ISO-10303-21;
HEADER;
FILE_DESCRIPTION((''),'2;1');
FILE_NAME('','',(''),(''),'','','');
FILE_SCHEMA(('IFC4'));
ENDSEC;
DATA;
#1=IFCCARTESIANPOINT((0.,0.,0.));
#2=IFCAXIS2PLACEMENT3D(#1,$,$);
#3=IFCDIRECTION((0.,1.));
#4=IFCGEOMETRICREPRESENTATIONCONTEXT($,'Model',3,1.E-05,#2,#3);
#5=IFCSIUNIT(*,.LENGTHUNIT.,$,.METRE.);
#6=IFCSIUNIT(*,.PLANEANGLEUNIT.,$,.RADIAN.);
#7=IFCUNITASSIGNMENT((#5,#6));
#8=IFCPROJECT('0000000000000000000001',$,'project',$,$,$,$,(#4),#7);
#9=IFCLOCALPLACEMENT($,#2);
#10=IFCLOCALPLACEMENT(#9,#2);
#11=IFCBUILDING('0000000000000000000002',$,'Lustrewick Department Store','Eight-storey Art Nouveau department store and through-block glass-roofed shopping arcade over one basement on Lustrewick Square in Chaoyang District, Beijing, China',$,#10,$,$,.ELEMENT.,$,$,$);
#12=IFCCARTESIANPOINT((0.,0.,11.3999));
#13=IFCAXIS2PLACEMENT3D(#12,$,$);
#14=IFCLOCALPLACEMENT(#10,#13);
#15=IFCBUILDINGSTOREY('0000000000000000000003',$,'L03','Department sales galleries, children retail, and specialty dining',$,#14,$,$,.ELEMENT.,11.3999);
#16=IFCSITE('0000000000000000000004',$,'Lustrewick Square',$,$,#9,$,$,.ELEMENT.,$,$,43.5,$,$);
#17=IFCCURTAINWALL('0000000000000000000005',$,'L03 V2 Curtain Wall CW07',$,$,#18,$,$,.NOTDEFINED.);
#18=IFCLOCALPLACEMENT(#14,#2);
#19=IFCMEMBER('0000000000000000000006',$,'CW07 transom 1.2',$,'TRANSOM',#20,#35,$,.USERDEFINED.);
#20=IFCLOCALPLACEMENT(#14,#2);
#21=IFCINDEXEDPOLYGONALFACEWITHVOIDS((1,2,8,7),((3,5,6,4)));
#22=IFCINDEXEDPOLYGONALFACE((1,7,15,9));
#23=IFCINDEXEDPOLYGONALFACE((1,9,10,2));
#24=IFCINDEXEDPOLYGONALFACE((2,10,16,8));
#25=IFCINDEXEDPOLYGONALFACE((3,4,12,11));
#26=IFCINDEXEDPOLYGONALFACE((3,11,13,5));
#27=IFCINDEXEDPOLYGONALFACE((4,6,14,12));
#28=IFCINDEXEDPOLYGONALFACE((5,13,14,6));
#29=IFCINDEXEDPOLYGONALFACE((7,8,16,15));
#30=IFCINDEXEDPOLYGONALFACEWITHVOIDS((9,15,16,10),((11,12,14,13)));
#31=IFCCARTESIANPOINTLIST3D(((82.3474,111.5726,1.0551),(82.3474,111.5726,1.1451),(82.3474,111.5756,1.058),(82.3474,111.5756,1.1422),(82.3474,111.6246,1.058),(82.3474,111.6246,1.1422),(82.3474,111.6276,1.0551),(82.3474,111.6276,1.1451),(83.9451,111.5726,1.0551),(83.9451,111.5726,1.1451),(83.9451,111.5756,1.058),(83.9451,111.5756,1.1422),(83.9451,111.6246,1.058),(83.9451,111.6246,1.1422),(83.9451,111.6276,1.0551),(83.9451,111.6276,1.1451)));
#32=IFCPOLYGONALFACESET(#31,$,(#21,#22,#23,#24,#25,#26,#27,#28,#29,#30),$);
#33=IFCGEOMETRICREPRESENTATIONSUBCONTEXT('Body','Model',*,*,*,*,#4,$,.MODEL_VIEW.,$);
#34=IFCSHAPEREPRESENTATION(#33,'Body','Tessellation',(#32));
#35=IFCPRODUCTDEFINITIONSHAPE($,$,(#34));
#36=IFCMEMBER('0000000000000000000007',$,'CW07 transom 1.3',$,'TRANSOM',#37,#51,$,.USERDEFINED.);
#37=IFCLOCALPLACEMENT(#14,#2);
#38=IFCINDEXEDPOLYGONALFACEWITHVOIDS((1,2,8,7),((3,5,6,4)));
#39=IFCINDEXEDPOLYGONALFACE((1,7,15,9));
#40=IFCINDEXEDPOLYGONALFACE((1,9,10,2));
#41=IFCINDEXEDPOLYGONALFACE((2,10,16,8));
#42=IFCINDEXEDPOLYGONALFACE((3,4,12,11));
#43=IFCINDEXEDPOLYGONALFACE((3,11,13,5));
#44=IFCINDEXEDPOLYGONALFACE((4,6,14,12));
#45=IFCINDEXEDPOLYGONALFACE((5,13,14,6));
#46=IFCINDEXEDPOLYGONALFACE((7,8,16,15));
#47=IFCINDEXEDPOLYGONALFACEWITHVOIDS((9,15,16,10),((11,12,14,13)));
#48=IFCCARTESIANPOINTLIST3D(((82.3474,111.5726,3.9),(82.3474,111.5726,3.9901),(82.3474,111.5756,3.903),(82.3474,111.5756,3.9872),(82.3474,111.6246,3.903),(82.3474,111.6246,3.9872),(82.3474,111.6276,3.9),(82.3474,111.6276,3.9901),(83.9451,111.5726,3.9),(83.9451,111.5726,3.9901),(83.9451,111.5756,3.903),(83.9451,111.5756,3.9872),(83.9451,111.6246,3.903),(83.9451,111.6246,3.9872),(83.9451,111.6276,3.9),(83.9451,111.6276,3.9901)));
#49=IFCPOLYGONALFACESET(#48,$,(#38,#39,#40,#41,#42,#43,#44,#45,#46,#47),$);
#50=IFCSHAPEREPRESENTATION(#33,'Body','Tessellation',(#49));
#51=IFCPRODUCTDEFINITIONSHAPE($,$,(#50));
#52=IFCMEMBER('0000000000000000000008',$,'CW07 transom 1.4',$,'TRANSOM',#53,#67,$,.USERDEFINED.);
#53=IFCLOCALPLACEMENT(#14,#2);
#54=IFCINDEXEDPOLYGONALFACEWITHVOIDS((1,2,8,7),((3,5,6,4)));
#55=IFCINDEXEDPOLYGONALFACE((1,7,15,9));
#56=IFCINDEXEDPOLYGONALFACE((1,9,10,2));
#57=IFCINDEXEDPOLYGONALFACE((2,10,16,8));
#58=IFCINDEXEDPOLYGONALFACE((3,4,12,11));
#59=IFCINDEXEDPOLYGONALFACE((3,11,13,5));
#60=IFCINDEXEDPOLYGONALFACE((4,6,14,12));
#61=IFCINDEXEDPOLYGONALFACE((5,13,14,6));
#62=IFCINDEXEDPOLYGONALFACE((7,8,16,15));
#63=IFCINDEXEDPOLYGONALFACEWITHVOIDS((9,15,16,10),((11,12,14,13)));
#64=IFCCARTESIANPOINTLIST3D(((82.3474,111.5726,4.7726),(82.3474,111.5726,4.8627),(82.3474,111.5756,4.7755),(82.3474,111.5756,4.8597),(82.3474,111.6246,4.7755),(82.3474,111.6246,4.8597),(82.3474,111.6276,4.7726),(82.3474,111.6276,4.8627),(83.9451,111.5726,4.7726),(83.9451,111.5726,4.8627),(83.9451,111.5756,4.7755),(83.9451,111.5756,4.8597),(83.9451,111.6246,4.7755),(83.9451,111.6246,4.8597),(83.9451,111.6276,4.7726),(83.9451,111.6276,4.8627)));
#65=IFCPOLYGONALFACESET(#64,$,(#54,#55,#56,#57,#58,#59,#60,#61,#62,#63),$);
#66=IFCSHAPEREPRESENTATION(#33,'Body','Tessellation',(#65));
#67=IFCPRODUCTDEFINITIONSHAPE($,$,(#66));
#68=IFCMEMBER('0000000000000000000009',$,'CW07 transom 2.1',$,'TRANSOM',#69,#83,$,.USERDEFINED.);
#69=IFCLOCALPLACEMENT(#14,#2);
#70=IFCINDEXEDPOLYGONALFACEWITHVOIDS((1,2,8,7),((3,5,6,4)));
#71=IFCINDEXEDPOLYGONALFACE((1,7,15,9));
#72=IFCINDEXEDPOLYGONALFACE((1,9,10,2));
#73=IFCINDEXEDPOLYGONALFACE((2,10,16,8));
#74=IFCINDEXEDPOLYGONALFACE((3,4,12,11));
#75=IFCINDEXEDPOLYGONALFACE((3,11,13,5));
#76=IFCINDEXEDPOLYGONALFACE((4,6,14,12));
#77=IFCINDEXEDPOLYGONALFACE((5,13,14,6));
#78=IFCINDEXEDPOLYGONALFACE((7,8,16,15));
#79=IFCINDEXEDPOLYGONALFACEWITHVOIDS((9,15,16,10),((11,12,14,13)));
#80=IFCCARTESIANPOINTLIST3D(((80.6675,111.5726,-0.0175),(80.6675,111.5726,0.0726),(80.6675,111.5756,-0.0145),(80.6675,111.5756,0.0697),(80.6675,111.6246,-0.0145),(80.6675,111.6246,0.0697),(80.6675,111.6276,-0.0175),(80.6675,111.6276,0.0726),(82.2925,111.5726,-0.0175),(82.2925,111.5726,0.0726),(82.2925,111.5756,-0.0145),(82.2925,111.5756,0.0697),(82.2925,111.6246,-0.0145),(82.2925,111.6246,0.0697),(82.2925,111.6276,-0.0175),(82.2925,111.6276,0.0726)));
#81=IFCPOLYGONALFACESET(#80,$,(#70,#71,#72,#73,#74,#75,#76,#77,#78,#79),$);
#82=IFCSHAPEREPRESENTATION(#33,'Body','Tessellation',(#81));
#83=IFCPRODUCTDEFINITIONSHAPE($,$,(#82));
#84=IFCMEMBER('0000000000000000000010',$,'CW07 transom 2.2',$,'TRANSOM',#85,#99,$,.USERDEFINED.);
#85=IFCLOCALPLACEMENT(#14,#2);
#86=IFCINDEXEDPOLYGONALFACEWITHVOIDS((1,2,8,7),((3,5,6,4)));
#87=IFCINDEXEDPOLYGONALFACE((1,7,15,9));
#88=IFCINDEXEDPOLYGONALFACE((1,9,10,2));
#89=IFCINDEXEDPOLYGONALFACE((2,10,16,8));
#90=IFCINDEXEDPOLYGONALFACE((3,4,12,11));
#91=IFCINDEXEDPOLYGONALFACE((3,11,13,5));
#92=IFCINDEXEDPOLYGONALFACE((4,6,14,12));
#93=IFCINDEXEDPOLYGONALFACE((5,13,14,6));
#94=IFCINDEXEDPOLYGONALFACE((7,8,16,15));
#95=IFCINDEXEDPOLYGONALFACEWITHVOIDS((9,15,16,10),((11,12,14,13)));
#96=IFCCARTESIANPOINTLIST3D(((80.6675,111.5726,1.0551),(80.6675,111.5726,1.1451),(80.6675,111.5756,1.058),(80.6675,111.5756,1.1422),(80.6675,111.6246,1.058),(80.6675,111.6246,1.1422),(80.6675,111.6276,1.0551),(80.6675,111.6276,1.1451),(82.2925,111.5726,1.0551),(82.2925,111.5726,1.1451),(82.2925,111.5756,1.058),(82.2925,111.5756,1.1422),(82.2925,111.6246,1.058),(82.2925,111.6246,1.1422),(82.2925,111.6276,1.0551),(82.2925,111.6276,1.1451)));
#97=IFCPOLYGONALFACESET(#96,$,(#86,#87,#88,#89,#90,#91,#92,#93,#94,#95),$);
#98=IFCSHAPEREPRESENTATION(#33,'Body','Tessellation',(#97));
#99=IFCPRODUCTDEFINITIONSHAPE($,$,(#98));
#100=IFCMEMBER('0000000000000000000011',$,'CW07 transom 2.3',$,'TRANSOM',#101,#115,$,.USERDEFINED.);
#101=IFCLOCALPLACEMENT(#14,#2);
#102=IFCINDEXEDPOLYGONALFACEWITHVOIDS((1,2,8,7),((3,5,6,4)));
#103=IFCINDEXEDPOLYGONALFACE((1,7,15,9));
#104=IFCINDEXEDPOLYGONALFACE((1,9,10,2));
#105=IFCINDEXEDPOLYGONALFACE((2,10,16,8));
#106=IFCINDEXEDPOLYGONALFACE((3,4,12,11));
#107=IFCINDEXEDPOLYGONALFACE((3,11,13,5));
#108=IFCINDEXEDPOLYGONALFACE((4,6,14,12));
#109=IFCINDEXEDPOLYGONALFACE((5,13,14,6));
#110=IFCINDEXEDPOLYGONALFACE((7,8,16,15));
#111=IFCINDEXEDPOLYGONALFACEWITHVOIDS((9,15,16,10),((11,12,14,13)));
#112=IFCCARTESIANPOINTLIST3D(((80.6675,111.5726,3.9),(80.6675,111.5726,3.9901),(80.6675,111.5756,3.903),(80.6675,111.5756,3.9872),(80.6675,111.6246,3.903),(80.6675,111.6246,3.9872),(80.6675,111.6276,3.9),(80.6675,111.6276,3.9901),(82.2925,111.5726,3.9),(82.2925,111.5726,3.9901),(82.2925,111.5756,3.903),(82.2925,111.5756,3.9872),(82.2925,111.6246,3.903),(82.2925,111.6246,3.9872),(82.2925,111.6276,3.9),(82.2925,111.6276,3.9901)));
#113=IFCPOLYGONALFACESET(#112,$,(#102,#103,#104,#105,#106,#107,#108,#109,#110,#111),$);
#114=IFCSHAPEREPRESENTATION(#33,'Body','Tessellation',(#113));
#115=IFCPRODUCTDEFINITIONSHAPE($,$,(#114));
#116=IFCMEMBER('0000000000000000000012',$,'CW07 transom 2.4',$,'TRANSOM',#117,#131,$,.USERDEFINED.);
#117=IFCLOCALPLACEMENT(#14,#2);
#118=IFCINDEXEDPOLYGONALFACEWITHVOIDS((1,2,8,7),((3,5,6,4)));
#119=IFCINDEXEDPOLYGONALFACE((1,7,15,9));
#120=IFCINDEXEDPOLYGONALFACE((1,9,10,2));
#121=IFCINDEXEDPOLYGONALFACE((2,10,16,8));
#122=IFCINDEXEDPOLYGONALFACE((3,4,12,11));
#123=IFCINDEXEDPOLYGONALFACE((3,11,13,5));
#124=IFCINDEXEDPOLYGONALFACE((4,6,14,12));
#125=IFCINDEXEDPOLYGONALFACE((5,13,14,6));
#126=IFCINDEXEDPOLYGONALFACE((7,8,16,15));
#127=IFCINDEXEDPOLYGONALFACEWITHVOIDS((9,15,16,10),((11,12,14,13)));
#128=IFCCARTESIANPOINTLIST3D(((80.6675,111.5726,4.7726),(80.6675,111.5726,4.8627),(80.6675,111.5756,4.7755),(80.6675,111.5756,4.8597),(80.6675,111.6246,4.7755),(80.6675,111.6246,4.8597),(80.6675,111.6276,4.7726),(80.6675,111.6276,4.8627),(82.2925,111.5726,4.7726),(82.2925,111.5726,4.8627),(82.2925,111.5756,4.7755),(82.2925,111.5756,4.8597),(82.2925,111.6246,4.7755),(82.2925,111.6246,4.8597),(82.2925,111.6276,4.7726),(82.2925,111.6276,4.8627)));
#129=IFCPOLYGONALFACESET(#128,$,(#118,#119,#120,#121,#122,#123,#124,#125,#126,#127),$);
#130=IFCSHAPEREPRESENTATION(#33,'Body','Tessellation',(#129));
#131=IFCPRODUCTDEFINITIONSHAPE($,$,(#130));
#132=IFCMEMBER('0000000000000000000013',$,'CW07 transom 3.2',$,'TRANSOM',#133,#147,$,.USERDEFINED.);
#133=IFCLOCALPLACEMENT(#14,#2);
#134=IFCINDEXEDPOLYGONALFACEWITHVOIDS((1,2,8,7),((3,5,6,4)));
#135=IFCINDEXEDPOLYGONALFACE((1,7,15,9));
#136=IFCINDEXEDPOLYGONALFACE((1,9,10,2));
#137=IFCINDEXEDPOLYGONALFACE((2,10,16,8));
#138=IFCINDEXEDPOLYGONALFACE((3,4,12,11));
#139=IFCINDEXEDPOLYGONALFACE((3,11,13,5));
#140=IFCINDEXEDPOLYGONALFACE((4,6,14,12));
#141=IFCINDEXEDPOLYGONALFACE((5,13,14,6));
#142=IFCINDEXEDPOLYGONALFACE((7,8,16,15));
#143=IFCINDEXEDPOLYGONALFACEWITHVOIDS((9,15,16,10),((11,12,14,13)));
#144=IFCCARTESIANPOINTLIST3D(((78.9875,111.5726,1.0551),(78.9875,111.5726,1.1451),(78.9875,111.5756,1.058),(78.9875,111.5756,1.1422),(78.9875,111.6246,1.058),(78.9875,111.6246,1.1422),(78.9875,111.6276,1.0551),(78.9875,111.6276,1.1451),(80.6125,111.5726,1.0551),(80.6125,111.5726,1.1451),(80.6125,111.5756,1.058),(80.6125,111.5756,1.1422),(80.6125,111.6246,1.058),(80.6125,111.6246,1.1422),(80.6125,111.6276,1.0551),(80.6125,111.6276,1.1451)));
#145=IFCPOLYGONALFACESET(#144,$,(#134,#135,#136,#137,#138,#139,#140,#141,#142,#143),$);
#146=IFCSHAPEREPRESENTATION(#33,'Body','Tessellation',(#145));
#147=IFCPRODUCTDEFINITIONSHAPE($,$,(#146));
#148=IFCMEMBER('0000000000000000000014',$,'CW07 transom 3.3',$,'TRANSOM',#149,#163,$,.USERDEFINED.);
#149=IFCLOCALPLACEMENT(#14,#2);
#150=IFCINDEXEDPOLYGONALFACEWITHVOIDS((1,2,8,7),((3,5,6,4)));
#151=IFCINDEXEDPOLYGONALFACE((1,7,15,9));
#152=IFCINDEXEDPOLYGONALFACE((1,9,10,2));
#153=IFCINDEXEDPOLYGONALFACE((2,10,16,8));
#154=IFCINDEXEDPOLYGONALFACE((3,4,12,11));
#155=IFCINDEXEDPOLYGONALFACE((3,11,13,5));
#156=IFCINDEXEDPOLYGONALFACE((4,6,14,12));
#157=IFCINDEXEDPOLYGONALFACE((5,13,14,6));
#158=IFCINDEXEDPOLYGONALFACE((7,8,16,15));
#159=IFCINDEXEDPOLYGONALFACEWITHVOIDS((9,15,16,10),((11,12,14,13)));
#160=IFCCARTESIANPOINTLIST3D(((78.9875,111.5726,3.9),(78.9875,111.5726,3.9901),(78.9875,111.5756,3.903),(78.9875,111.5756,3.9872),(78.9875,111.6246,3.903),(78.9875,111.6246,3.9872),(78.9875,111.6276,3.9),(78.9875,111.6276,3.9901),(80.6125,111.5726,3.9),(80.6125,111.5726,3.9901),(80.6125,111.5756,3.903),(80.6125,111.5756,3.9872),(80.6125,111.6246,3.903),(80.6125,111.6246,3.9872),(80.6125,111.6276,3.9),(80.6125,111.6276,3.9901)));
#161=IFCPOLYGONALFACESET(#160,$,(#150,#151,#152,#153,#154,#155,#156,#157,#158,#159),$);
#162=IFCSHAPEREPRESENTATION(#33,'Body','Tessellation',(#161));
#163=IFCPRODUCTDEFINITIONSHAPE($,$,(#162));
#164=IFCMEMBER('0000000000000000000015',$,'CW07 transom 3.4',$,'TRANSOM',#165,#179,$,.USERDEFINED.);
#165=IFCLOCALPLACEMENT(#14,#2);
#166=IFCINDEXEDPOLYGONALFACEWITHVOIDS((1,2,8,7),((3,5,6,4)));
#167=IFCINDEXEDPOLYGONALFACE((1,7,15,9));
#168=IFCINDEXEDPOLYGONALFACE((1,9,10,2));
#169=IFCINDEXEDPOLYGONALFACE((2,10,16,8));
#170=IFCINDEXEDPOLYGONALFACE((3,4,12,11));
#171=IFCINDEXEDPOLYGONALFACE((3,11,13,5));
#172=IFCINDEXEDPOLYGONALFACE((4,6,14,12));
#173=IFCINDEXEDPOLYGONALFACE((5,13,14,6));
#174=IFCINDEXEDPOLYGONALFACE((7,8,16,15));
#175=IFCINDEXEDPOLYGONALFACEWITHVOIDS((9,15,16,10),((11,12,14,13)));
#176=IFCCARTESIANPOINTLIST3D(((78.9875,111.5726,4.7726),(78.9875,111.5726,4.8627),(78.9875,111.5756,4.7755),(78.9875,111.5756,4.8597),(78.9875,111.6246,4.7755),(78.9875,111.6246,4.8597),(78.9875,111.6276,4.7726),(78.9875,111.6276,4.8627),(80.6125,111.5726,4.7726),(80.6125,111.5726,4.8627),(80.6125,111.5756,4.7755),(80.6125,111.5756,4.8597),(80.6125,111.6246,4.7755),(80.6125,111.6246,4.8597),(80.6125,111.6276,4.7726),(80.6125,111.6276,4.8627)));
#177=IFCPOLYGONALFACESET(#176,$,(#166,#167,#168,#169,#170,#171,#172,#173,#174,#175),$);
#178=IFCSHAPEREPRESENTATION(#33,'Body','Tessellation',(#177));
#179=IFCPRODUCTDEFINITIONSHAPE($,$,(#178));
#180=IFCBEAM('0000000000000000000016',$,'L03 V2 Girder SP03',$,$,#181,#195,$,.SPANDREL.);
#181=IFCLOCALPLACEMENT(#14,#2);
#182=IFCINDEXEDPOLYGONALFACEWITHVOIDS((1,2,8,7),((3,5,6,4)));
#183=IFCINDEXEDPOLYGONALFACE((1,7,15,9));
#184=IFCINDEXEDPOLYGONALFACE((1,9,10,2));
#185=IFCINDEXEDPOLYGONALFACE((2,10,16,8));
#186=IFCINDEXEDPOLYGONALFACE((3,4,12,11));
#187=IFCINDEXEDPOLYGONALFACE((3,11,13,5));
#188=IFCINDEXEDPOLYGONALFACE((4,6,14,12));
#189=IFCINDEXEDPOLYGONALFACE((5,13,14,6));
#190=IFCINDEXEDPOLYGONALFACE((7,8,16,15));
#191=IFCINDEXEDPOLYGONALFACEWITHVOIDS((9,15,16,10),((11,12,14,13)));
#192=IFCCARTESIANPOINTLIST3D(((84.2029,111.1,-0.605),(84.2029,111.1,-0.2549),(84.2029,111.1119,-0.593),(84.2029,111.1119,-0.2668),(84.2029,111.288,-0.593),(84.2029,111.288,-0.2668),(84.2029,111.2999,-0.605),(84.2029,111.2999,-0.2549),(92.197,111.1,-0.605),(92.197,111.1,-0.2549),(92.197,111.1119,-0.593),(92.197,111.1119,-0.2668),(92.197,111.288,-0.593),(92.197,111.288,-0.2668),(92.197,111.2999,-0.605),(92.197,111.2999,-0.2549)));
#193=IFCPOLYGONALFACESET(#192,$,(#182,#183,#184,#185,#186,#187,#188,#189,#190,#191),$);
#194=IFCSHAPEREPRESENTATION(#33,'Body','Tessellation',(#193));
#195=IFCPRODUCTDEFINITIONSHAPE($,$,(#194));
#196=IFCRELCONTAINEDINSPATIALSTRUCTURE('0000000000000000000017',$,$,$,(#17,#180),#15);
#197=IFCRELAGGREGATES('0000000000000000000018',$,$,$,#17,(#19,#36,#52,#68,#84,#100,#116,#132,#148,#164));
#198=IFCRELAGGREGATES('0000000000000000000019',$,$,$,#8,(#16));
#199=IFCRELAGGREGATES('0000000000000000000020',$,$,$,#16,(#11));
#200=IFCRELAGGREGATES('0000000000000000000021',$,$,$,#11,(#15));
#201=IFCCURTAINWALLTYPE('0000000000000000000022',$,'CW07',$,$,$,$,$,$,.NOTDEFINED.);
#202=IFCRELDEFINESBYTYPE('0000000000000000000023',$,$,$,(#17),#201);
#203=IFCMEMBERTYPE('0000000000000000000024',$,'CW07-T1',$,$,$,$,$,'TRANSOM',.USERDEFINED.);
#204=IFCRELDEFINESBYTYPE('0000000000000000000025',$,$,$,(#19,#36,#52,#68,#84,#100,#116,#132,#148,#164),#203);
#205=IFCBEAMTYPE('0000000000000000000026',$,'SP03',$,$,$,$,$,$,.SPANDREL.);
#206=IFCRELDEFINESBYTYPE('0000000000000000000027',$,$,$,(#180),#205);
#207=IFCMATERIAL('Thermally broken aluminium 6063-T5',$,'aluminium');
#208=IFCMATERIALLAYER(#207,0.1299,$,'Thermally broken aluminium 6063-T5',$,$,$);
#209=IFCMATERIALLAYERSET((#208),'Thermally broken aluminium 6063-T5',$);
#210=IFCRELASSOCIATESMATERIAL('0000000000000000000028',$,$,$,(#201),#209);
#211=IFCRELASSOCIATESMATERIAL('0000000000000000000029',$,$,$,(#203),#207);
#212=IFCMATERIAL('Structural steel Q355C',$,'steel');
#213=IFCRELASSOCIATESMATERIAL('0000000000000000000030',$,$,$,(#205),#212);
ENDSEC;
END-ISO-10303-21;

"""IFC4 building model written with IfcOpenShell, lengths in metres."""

from ifc_helpers import new_model, si_unit, direction, frame, origin, origin_2d, place, context, subcontext, project, spatial, hollow_rectangle, extrude, material, layer, layer_set, material_profile, profile_set, type_object, element, aggregate, save


model = new_model("IFC4")

# Units and contexts
model_context = context("Model", 3, precision=1e-05, world=origin(), true_north=direction((0.0, 1.0)))
body_context = subcontext(model_context, "Body", "Model", "MODEL_VIEW")
ifc_project = project(units=[si_unit("LENGTHUNIT", "METRE"), si_unit("PLANEANGLEUNIT", "RADIAN")], contexts=[model_context])

# Site, building, storey
site_placement = place(None, origin())
site = spatial("IfcSite", under=ifc_project, at=site_placement, Name="Lustrewick Square", CompositionType="ELEMENT", RefElevation=43.5)
building_placement = place(site_placement, origin())
building = spatial("IfcBuilding", under=site, at=building_placement, Name="Lustrewick Department Store", Description="Eight-storey Art Nouveau department store and through-block glass-roofed shopping arcade over one basement on Lustrewick Square in Chaoyang District, Beijing, China", CompositionType="ELEMENT")
storey_placement = place(building_placement, frame((0.0, 0.0, 11.3999)))
storey = spatial("IfcBuildingStorey", under=building, at=storey_placement, Name="L03", Description="Department sales galleries, children retail, and specialty dining", CompositionType="ELEMENT", Elevation=11.3999)

# Shared definitions
ifc_material_1 = material(Name="Structural steel Q355C", Category="steel")

# Curtain wall, members
ifc_material_2 = material(Name="Thermally broken aluminium 6063-T5", Category="aluminium")
ifc_layer_1 = layer(ifc_material_2, 0.1299, Name="Thermally broken aluminium 6063-T5")
ifc_layer_set_1 = layer_set([ifc_layer_1], Name="Thermally broken aluminium 6063-T5")
curtain_wall_type = type_object("IfcCurtainWallType", Name="CW07", PredefinedType="NOTDEFINED", material=ifc_layer_set_1)
curtain_wall_placement = place(storey_placement, origin())
curtain_wall = element("IfcCurtainWall", 1, at=curtain_wall_placement, inside=storey, type_object=curtain_wall_type, Name="L03 V2 Curtain Wall CW07", PredefinedType="NOTDEFINED")
ifc_material_profile_1 = material_profile(ifc_material_2, hollow_rectangle(XDim=0.0549, YDim=0.0901, WallThickness=0.0029, at=origin_2d()), Name="ALU-T 55x90x3")
ifc_profile_set_1 = profile_set([ifc_material_profile_1], Name="Thermally broken aluminium 6063-T5")
member_type_1 = type_object("IfcMemberType", Name="CW07-T1", ElementType="TRANSOM", PredefinedType="USERDEFINED", material=ifc_profile_set_1)
member_1_placement = place(storey_placement, frame((83.9451, 111.6001, 1.1001), z_axis=(-1.0, 0.0, 0.0), x_axis=(0.0, -1.0, 0.0)))
member_1 = element("IfcMember", 2, at=member_1_placement, type_object=member_type_1, Name="CW07 transom 1.2", ObjectType="TRANSOM", PredefinedType="USERDEFINED", context=body_context, shape_type="SweptSolid", body=[
    extrude(hollow_rectangle(XDim=0.0549, YDim=0.0901, WallThickness=0.0029, at=origin_2d()), origin(), (0.0, 0.0, 1.0), 1.5977),
])
member_2_placement = place(storey_placement, frame((83.9451, 111.6001, 3.9451), z_axis=(-1.0, 0.0, 0.0), x_axis=(0.0, -1.0, 0.0)))
member_2 = element("IfcMember", 3, at=member_2_placement, type_object=member_type_1, Name="CW07 transom 1.3", ObjectType="TRANSOM", PredefinedType="USERDEFINED", context=body_context, shape_type="SweptSolid", body=[
    extrude(hollow_rectangle(XDim=0.0549, YDim=0.0901, WallThickness=0.0029, at=origin_2d()), origin(), (0.0, 0.0, 1.0), 1.5977),
])
member_3_placement = place(storey_placement, frame((83.9451, 111.6001, 4.8176), z_axis=(-1.0, 0.0, 0.0), x_axis=(0.0, -1.0, 0.0)))
member_3 = element("IfcMember", 4, at=member_3_placement, type_object=member_type_1, Name="CW07 transom 1.4", ObjectType="TRANSOM", PredefinedType="USERDEFINED", context=body_context, shape_type="SweptSolid", body=[
    extrude(hollow_rectangle(XDim=0.0549, YDim=0.0901, WallThickness=0.0029, at=origin_2d()), origin(), (0.0, 0.0, 1.0), 1.5977),
])
member_4_placement = place(storey_placement, frame((82.2925, 111.6001, 0.0276), z_axis=(-1.0, 0.0, 0.0), x_axis=(0.0, -1.0, 0.0)))
member_4 = element("IfcMember", 5, at=member_4_placement, type_object=member_type_1, Name="CW07 transom 2.1", ObjectType="TRANSOM", PredefinedType="USERDEFINED", context=body_context, shape_type="SweptSolid", body=[
    extrude(hollow_rectangle(XDim=0.0549, YDim=0.0901, WallThickness=0.0029, at=origin_2d()), origin(), (0.0, 0.0, 1.0), 1.625),
])
member_5_placement = place(storey_placement, frame((82.2925, 111.6001, 1.1001), z_axis=(-1.0, 0.0, 0.0), x_axis=(0.0, -1.0, 0.0)))
member_5 = element("IfcMember", 6, at=member_5_placement, type_object=member_type_1, Name="CW07 transom 2.2", ObjectType="TRANSOM", PredefinedType="USERDEFINED", context=body_context, shape_type="SweptSolid", body=[
    extrude(hollow_rectangle(XDim=0.0549, YDim=0.0901, WallThickness=0.0029, at=origin_2d()), origin(), (0.0, 0.0, 1.0), 1.625),
])
member_6_placement = place(storey_placement, frame((82.2925, 111.6001, 3.9451), z_axis=(-1.0, 0.0, 0.0), x_axis=(0.0, -1.0, 0.0)))
member_6 = element("IfcMember", 7, at=member_6_placement, type_object=member_type_1, Name="CW07 transom 2.3", ObjectType="TRANSOM", PredefinedType="USERDEFINED", context=body_context, shape_type="SweptSolid", body=[
    extrude(hollow_rectangle(XDim=0.0549, YDim=0.0901, WallThickness=0.0029, at=origin_2d()), origin(), (0.0, 0.0, 1.0), 1.625),
])
member_7_placement = place(storey_placement, frame((82.2925, 111.6001, 4.8176), z_axis=(-1.0, 0.0, 0.0), x_axis=(0.0, -1.0, 0.0)))
member_7 = element("IfcMember", 8, at=member_7_placement, type_object=member_type_1, Name="CW07 transom 2.4", ObjectType="TRANSOM", PredefinedType="USERDEFINED", context=body_context, shape_type="SweptSolid", body=[
    extrude(hollow_rectangle(XDim=0.0549, YDim=0.0901, WallThickness=0.0029, at=origin_2d()), origin(), (0.0, 0.0, 1.0), 1.625),
])
member_8_placement = place(storey_placement, frame((80.6125, 111.6001, 1.1001), z_axis=(-1.0, 0.0, 0.0), x_axis=(0.0, -1.0, 0.0)))
member_8 = element("IfcMember", 9, at=member_8_placement, type_object=member_type_1, Name="CW07 transom 3.2", ObjectType="TRANSOM", PredefinedType="USERDEFINED", context=body_context, shape_type="SweptSolid", body=[
    extrude(hollow_rectangle(XDim=0.0549, YDim=0.0901, WallThickness=0.0029, at=origin_2d()), origin(), (0.0, 0.0, 1.0), 1.625),
])
member_9_placement = place(storey_placement, frame((80.6125, 111.6001, 3.9451), z_axis=(-1.0, 0.0, 0.0), x_axis=(0.0, -1.0, 0.0)))
member_9 = element("IfcMember", 10, at=member_9_placement, type_object=member_type_1, Name="CW07 transom 3.3", ObjectType="TRANSOM", PredefinedType="USERDEFINED", context=body_context, shape_type="SweptSolid", body=[
    extrude(hollow_rectangle(XDim=0.0549, YDim=0.0901, WallThickness=0.0029, at=origin_2d()), origin(), (0.0, 0.0, 1.0), 1.625),
])
member_10_placement = place(storey_placement, frame((80.6125, 111.6001, 4.8176), z_axis=(-1.0, 0.0, 0.0), x_axis=(0.0, -1.0, 0.0)))
member_10 = element("IfcMember", 11, at=member_10_placement, type_object=member_type_1, Name="CW07 transom 3.4", ObjectType="TRANSOM", PredefinedType="USERDEFINED", context=body_context, shape_type="SweptSolid", body=[
    extrude(hollow_rectangle(XDim=0.0549, YDim=0.0901, WallThickness=0.0029, at=origin_2d()), origin(), (0.0, 0.0, 1.0), 1.625),
])

# Beam
ifc_material_profile_2 = material_profile(ifc_material_1, hollow_rectangle(XDim=0.2, YDim=0.3501, WallThickness=0.012, at=origin_2d()), Name="RHS 350x200x12")
ifc_profile_set_2 = profile_set([ifc_material_profile_2], Name="Structural steel Q355C")
beam_type = type_object("IfcBeamType", Name="SP03", PredefinedType="SPANDREL", material=ifc_profile_set_2)
beam_placement = place(storey_placement, frame((84.2029, 111.2, -0.4299), z_axis=(1.0, 0.0, 0.0), x_axis=(0.0, 1.0, 0.0)))
element("IfcBeam", 12, at=beam_placement, inside=storey, type_object=beam_type, Name="L03 V2 Girder SP03", PredefinedType="SPANDREL", context=body_context, shape_type="SweptSolid", body=[
    extrude(hollow_rectangle(XDim=0.2, YDim=0.3501, WallThickness=0.012, at=origin_2d()), origin(), (0.0, 0.0, 1.0), 7.9941),
])

aggregate(curtain_wall, [member_1, member_2, member_3, member_4, member_5, member_6, member_7, member_8, member_9, member_10])

save(model, "model.ifc")
